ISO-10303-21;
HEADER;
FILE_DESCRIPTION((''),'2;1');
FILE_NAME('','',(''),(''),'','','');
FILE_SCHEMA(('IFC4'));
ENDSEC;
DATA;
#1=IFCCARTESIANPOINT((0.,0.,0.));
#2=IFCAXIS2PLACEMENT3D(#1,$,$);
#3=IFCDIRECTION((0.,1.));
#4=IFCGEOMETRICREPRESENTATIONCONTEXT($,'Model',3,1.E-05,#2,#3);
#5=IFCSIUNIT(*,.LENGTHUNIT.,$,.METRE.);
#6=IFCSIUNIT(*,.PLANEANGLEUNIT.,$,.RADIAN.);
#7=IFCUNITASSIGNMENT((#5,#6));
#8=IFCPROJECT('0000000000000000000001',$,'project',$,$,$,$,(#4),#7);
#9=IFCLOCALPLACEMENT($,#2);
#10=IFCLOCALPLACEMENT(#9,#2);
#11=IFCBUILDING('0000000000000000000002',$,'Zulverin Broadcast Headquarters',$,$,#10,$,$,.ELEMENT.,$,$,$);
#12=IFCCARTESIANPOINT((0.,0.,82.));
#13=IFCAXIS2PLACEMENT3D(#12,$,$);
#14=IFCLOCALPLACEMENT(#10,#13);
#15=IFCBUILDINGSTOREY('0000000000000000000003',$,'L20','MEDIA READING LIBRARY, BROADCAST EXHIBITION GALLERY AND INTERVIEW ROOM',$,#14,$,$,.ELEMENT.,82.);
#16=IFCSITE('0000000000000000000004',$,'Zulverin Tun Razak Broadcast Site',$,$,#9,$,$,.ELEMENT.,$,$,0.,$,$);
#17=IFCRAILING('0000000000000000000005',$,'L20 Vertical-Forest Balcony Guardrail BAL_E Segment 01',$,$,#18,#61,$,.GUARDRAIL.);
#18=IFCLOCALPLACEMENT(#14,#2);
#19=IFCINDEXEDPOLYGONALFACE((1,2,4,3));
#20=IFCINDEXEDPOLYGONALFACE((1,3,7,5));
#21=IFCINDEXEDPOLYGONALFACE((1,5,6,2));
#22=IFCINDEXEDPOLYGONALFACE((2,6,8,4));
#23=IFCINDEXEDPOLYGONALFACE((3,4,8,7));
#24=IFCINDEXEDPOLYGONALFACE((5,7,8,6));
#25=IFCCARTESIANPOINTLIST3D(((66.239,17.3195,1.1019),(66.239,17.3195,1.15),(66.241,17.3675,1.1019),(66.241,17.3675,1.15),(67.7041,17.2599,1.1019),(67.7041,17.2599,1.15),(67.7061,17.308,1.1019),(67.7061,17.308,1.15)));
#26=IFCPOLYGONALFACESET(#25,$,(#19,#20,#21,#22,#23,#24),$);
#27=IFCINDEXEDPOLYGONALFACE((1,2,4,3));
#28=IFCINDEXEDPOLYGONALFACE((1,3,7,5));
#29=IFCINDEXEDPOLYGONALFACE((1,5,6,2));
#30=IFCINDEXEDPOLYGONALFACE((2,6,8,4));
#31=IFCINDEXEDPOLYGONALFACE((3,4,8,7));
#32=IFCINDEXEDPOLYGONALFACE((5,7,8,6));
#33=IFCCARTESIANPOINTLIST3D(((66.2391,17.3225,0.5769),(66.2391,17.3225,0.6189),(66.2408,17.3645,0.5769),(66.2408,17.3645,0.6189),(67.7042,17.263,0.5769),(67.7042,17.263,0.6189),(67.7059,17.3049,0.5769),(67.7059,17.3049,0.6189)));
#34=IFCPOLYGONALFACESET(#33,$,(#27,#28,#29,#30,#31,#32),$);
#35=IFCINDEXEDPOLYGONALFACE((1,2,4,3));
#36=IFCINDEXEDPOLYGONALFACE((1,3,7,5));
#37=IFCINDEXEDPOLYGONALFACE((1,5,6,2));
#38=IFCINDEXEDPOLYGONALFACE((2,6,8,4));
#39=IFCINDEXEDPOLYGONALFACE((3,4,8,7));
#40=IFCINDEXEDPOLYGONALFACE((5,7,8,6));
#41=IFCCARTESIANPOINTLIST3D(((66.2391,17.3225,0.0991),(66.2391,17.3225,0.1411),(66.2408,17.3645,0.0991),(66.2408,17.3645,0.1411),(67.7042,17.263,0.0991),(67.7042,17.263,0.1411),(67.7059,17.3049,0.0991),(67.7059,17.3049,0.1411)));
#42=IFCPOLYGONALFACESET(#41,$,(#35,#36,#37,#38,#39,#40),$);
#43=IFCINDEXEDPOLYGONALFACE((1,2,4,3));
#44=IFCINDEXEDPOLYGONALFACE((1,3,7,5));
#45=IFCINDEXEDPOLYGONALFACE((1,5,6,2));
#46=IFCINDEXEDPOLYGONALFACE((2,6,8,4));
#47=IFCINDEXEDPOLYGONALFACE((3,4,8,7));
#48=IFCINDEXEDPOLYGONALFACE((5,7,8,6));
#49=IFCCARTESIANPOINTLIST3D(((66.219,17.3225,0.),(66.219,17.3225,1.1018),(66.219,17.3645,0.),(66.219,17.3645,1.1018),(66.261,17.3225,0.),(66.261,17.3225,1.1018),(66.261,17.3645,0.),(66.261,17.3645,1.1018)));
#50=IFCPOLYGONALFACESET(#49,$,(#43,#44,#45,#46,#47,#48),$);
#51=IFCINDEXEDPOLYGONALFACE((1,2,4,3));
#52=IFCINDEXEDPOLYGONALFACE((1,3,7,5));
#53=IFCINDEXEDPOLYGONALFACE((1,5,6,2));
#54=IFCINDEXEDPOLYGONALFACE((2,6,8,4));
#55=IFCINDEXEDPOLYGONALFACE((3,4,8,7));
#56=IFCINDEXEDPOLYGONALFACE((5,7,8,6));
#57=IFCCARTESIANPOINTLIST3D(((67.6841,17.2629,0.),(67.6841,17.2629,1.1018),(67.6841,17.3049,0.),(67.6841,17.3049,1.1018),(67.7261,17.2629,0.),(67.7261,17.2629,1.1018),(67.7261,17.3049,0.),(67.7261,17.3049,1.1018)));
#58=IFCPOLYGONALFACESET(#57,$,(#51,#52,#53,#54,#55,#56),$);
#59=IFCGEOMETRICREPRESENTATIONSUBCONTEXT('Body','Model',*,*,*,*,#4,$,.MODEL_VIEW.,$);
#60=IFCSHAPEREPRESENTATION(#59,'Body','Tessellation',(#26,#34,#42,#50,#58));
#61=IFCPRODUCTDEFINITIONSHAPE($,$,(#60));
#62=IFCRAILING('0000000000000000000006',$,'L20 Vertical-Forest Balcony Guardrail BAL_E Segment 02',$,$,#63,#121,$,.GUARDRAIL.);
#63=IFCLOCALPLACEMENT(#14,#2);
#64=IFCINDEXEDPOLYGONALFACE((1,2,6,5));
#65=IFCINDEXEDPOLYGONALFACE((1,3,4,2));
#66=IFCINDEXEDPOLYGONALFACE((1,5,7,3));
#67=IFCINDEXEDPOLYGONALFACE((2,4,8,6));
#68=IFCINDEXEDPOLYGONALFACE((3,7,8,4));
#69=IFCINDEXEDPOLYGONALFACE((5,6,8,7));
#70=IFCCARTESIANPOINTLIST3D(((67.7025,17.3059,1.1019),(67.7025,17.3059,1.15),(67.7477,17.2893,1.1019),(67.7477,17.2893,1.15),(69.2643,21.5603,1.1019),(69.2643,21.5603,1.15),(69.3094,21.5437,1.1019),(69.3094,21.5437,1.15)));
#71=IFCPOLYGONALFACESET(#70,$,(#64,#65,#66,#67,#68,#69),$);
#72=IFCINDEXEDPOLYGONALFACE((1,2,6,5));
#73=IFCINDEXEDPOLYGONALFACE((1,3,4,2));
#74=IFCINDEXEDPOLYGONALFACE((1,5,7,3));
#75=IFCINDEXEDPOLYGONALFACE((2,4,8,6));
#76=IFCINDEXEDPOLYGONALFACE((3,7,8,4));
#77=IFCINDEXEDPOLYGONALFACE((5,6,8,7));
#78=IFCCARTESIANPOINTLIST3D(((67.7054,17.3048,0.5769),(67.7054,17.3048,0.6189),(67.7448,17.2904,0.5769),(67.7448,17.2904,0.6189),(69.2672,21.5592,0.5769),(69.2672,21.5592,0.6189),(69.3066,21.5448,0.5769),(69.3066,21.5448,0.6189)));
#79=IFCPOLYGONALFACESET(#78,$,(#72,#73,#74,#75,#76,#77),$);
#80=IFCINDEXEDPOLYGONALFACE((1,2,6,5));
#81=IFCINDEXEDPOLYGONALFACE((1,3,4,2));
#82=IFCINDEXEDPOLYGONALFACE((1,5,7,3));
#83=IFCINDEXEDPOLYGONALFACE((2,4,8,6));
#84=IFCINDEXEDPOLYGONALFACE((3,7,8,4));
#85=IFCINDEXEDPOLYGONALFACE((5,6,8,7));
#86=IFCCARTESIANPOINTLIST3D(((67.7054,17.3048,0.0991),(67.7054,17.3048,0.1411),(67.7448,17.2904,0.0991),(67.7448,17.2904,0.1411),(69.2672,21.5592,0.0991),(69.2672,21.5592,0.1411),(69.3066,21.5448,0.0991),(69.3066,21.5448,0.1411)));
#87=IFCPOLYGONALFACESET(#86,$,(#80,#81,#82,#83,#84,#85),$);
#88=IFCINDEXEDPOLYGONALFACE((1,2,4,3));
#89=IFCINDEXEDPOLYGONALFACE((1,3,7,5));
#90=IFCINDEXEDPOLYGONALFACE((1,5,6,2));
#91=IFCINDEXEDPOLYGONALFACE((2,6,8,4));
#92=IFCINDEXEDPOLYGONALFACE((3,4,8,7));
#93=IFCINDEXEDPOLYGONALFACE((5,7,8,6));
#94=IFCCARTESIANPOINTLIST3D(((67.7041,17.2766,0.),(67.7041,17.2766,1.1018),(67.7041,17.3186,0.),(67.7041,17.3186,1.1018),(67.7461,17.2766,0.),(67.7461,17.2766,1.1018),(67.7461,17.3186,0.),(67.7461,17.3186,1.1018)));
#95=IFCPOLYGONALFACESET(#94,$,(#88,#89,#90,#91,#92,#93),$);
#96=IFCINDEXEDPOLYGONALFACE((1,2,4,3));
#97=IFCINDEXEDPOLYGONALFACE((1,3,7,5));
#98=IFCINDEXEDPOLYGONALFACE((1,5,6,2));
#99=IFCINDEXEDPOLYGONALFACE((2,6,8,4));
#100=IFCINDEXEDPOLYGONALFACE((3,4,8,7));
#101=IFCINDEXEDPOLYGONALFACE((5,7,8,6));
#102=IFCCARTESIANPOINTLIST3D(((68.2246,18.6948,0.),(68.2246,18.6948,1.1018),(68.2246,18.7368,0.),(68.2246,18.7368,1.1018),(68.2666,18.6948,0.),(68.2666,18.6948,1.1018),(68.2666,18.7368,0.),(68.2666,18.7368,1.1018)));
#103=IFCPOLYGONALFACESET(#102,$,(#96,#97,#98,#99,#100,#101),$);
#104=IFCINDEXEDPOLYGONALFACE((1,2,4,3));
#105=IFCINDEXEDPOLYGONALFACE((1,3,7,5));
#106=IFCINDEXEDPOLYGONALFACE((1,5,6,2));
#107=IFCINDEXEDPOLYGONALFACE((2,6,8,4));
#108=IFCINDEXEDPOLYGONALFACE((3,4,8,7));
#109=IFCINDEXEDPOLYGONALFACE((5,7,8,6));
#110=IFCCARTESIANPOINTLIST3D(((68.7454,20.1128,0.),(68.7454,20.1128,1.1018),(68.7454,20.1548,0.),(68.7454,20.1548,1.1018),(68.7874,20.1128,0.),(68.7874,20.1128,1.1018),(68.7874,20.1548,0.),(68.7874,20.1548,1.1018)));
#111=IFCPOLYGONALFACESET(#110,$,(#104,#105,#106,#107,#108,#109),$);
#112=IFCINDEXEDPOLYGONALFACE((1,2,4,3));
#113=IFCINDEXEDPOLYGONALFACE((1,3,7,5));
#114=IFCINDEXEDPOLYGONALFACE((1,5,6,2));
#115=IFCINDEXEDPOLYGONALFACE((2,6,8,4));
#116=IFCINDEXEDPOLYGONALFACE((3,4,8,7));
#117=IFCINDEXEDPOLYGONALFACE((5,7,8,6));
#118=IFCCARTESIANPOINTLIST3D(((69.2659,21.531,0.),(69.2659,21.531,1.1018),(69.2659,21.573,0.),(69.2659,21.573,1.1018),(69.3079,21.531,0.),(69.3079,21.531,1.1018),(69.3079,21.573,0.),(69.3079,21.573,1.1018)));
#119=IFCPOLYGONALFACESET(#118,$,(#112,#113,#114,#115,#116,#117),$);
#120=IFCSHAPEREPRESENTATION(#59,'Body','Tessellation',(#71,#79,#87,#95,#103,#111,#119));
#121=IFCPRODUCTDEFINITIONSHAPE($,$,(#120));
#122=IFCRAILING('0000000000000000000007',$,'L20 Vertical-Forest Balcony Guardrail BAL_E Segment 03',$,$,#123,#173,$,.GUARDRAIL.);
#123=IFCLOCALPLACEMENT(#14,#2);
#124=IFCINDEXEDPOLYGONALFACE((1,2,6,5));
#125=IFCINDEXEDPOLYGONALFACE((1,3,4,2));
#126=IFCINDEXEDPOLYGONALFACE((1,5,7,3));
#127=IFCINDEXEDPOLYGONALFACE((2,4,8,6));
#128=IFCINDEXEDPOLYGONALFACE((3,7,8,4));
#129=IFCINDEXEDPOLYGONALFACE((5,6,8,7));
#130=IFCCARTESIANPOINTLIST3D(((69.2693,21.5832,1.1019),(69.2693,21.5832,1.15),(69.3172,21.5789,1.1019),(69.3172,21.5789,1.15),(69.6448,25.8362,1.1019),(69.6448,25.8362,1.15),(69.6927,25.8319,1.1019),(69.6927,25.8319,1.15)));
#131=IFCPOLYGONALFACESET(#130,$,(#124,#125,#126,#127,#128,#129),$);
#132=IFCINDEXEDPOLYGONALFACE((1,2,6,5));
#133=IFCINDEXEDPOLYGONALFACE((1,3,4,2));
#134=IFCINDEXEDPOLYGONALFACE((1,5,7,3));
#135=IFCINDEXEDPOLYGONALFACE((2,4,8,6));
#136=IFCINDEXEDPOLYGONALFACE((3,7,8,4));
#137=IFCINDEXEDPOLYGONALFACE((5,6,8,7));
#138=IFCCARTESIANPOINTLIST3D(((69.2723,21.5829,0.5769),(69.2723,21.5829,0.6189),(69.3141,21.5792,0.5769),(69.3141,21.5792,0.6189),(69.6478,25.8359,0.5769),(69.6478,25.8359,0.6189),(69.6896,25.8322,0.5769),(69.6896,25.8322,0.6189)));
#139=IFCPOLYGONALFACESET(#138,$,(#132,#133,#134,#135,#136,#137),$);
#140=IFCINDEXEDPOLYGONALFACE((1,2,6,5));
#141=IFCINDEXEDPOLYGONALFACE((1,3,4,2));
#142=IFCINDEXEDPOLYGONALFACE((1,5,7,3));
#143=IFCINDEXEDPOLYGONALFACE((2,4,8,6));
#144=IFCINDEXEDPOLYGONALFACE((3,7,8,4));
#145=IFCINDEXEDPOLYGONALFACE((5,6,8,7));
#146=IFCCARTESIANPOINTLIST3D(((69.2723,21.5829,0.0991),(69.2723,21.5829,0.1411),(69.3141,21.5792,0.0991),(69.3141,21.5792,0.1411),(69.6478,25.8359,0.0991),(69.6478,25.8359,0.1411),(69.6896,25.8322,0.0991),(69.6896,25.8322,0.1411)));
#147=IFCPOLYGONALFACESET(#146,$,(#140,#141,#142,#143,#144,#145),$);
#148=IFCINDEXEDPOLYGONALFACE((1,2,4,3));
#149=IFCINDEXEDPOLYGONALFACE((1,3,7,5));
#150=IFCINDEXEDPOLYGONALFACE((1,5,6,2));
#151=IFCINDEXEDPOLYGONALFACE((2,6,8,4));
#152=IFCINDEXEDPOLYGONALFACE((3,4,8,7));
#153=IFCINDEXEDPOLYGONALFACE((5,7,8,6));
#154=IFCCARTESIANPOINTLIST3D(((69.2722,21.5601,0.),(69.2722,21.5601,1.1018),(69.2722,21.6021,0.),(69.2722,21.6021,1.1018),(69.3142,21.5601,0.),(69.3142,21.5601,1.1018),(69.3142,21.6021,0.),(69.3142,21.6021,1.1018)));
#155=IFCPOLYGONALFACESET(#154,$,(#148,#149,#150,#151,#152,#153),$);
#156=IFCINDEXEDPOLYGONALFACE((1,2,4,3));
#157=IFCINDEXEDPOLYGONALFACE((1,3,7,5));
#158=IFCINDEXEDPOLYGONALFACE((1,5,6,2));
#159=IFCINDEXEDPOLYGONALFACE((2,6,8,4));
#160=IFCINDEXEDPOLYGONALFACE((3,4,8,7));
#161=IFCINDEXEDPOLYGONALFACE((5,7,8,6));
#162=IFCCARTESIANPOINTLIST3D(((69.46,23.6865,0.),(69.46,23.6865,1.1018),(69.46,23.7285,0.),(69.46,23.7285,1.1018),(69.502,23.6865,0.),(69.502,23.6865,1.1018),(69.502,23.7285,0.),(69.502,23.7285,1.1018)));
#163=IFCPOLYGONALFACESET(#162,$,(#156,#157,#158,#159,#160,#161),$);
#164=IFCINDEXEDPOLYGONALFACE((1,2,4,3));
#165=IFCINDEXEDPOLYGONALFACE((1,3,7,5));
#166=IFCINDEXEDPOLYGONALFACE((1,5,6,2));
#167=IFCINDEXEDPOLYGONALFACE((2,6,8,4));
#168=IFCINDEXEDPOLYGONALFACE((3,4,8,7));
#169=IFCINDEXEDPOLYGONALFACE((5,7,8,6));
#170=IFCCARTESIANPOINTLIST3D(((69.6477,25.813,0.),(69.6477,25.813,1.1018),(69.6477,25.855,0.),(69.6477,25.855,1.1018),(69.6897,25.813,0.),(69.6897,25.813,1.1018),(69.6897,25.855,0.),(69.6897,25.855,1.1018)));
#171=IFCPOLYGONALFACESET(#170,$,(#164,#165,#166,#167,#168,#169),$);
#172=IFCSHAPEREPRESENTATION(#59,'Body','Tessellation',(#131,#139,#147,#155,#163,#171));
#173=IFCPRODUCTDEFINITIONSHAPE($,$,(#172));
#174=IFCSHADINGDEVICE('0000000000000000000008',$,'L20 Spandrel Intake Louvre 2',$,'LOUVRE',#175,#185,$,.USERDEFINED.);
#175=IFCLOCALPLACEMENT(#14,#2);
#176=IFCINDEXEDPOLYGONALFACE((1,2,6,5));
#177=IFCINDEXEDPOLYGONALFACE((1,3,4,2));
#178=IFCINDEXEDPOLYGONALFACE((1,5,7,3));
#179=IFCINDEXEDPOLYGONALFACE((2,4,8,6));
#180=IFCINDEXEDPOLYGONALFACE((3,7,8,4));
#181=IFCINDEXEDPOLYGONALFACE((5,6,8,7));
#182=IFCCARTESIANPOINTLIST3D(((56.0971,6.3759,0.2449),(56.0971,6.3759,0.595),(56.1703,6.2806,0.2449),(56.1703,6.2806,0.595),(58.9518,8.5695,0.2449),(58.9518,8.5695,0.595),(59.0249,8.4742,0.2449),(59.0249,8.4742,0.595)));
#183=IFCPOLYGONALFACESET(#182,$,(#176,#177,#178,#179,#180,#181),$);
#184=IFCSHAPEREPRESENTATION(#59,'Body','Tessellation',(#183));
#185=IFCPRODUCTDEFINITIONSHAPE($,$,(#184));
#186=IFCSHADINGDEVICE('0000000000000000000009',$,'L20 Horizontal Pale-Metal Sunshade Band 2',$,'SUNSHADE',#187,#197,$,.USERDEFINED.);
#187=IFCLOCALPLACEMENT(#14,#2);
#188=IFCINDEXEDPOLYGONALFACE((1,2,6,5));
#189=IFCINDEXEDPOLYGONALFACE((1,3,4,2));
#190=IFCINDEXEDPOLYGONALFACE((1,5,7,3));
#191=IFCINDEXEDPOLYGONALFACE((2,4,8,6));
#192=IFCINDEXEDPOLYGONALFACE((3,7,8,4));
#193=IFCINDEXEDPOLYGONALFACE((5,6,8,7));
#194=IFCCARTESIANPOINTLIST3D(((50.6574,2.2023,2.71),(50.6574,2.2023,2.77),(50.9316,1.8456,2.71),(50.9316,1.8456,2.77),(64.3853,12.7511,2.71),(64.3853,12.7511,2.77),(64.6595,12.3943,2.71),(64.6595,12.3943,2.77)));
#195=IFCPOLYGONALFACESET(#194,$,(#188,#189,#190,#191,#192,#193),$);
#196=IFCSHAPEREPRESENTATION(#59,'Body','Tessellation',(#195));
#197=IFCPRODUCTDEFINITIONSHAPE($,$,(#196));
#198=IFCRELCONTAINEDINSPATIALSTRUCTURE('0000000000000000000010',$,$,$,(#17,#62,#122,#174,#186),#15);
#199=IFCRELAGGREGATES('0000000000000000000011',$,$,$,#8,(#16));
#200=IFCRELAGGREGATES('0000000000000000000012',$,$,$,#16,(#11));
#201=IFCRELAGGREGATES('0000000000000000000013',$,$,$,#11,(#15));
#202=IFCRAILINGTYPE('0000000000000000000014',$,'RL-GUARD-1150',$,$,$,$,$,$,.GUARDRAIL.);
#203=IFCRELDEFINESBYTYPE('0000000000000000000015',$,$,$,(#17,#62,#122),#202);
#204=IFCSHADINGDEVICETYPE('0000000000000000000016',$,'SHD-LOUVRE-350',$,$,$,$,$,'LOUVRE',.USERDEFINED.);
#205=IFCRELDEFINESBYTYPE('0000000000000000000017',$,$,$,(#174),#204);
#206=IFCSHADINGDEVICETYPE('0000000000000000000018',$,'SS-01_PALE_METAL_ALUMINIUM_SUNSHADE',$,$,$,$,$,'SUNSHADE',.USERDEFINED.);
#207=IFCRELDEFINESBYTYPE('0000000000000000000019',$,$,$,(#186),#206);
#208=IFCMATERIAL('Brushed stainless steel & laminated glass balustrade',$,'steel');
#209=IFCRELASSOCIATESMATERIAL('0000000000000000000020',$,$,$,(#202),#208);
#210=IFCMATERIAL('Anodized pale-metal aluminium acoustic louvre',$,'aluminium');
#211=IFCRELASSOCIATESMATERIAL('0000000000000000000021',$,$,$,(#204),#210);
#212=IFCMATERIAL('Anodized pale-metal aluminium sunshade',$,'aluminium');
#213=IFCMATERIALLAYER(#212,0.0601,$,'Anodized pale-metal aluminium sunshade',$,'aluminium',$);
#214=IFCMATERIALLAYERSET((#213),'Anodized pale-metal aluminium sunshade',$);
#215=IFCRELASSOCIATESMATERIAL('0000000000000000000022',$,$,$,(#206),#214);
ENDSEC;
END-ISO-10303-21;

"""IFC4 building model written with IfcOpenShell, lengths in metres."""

from ifc_helpers import new_model, si_unit, direction, frame, origin, origin_2d, place, context, subcontext, project, spatial, rectangle, extrude, material, layer, layer_set, type_object, element, save


model = new_model("IFC4")

# Units and contexts
model_context = context("Model", 3, precision=1e-05, world=origin(), true_north=direction((0.0, 1.0)))
body_context = subcontext(model_context, "Body", "Model", "MODEL_VIEW")
ifc_project = project(units=[si_unit("LENGTHUNIT", "METRE"), si_unit("PLANEANGLEUNIT", "RADIAN")], contexts=[model_context])

# Site, building, storey
site_placement = place(None, origin())
site = spatial("IfcSite", under=ifc_project, at=site_placement, Name="Zulverin Tun Razak Broadcast Site", CompositionType="ELEMENT", RefElevation=0.0)
building_placement = place(site_placement, origin())
building = spatial("IfcBuilding", under=site, at=building_placement, Name="Zulverin Broadcast Headquarters", CompositionType="ELEMENT")
storey_placement = place(building_placement, frame((0.0, 0.0, 82.0)))
storey = spatial("IfcBuildingStorey", under=building, at=storey_placement, Name="L20", Description="MEDIA READING LIBRARY, BROADCAST EXHIBITION GALLERY AND INTERVIEW ROOM", CompositionType="ELEMENT", Elevation=82.0)

# Railings
ifc_material_1 = material(Name="Brushed stainless steel & laminated glass balustrade", Category="steel")
railing_type = type_object("IfcRailingType", Name="RL-GUARD-1150", PredefinedType="GUARDRAIL", material=ifc_material_1)
railing_1_placement = place(storey_placement, frame((66.24, 17.3435, 0.0)))
element("IfcRailing", 1, at=railing_1_placement, inside=storey, type_object=railing_type, Name="L20 Vertical-Forest Balcony Guardrail BAL_E Segment 01", PredefinedType="GUARDRAIL", context=body_context, shape_type="SweptSolid", body=[
    extrude(rectangle(XDim=0.0481, YDim=0.0481, at=origin_2d()), frame((0.0, 0.0, 1.126), z_axis=(0.999174, -0.040626, 0.0), x_axis=(0.040626, 0.999174, 0.0)), (0.0, 0.0, 1.0), 1.4663),
    extrude(rectangle(XDim=0.042, YDim=0.042, at=origin_2d()), frame((0.0, 0.0, 0.5979), z_axis=(0.999174, -0.040626, 0.0), x_axis=(0.040626, 0.999174, 0.0)), (0.0, 0.0, 1.0), 1.4663),
    extrude(rectangle(XDim=0.042, YDim=0.042, at=origin_2d()), frame((0.0, 0.0, 0.1201), z_axis=(0.999174, -0.040626, 0.0), x_axis=(0.040626, 0.999174, 0.0)), (0.0, 0.0, 1.0), 1.4663),
    extrude(rectangle(XDim=0.042, YDim=0.042, at=origin_2d()), origin(), (0.0, 0.0, 1.0), 1.1018),
    extrude(rectangle(XDim=0.042, YDim=0.042, at=origin_2d()), frame((1.4651, -0.0596, 0.0)), (0.0, 0.0, 1.0), 1.1018),
])
railing_2_placement = place(storey_placement, frame((67.7251, 17.2976, 0.0)))
element("IfcRailing", 2, at=railing_2_placement, inside=storey, type_object=railing_type, Name="L20 Vertical-Forest Balcony Guardrail BAL_E Segment 02", PredefinedType="GUARDRAIL", context=body_context, shape_type="SweptSolid", body=[
    extrude(rectangle(XDim=0.0481, YDim=0.0481, at=origin_2d()), frame((0.0, 0.0, 1.126), z_axis=(0.344609, 0.938746, 0.0), x_axis=(-0.938746, 0.344609, 0.0)), (0.0, 0.0, 1.0), 4.532),
    extrude(rectangle(XDim=0.042, YDim=0.042, at=origin_2d()), frame((0.0, 0.0, 0.5979), z_axis=(0.344609, 0.938746, 0.0), x_axis=(-0.938746, 0.344609, 0.0)), (0.0, 0.0, 1.0), 4.532),
    extrude(rectangle(XDim=0.042, YDim=0.042, at=origin_2d()), frame((0.0, 0.0, 0.1201), z_axis=(0.344609, 0.938746, 0.0), x_axis=(-0.938746, 0.344609, 0.0)), (0.0, 0.0, 1.0), 4.532),
    extrude(rectangle(XDim=0.042, YDim=0.042, at=origin_2d()), origin(), (0.0, 0.0, 1.0), 1.1018),
    extrude(rectangle(XDim=0.042, YDim=0.042, at=origin_2d()), frame((0.5205, 1.4182, 0.0)), (0.0, 0.0, 1.0), 1.1018),
    extrude(rectangle(XDim=0.042, YDim=0.042, at=origin_2d()), frame((1.0413, 2.8362, 0.0)), (0.0, 0.0, 1.0), 1.1018),
    extrude(rectangle(XDim=0.042, YDim=0.042, at=origin_2d()), frame((1.5618, 4.2544, 0.0)), (0.0, 0.0, 1.0), 1.1018),
])
railing_3_placement = place(storey_placement, frame((69.2932, 21.5811, 0.0)))
element("IfcRailing", 3, at=railing_3_placement, inside=storey, type_object=railing_type, Name="L20 Vertical-Forest Balcony Guardrail BAL_E Segment 03", PredefinedType="GUARDRAIL", context=body_context, shape_type="SweptSolid", body=[
    extrude(rectangle(XDim=0.0481, YDim=0.0481, at=origin_2d()), frame((0.0, 0.0, 1.126), z_axis=(0.087947, 0.996125, 0.0), x_axis=(-0.996125, 0.087947, 0.0)), (0.0, 0.0, 1.0), 4.2695),
    extrude(rectangle(XDim=0.042, YDim=0.042, at=origin_2d()), frame((0.0, 0.0, 0.5979), z_axis=(0.087947, 0.996125, 0.0), x_axis=(-0.996125, 0.087947, 0.0)), (0.0, 0.0, 1.0), 4.2695),
    extrude(rectangle(XDim=0.042, YDim=0.042, at=origin_2d()), frame((0.0, 0.0, 0.1201), z_axis=(0.087947, 0.996125, 0.0), x_axis=(-0.996125, 0.087947, 0.0)), (0.0, 0.0, 1.0), 4.2695),
    extrude(rectangle(XDim=0.042, YDim=0.042, at=origin_2d()), origin(), (0.0, 0.0, 1.0), 1.1018),
    extrude(rectangle(XDim=0.042, YDim=0.042, at=origin_2d()), frame((0.1877, 2.1265, 0.0)), (0.0, 0.0, 1.0), 1.1018),
    extrude(rectangle(XDim=0.042, YDim=0.042, at=origin_2d()), frame((0.3755, 4.2529, 0.0)), (0.0, 0.0, 1.0), 1.1018),
])

# Shading devices
ifc_material_2 = material(Name="Anodized pale-metal aluminium acoustic louvre", Category="aluminium")
shading_device_type_1 = type_object("IfcShadingDeviceType", Name="SHD-LOUVRE-350", ElementType="LOUVRE", PredefinedType="USERDEFINED", material=ifc_material_2)
shading_device_1_placement = place(storey_placement, frame((57.561, 7.425, 0.2449), z_axis=(0.0, 0.0, 1.0), x_axis=(0.792933, 0.609308, 0.0)))
element("IfcShadingDevice", 4, at=shading_device_1_placement, inside=storey, type_object=shading_device_type_1, Name="L20 Spandrel Intake Louvre 2", ObjectType="LOUVRE", PredefinedType="USERDEFINED", context=body_context, shape_type="SweptSolid", body=[
    extrude(rectangle(XDim=3.6001, YDim=0.1201, at=origin_2d()), origin(), (0.0, 0.0, 1.0), 0.3501),
])
ifc_material_3 = material(Name="Anodized pale-metal aluminium sunshade", Category="aluminium")
ifc_layer_1 = layer(ifc_material_3, 0.0601, Name="Anodized pale-metal aluminium sunshade", Category="aluminium")
ifc_layer_set_1 = layer_set([ifc_layer_1], Name="Anodized pale-metal aluminium sunshade")
shading_device_type_2 = type_object("IfcShadingDeviceType", Name="SS-01_PALE_METAL_ALUMINIUM_SUNSHADE", ElementType="SUNSHADE", PredefinedType="USERDEFINED", material=ifc_layer_set_1)
shading_device_2_placement = place(storey_placement, frame((57.6584, 7.2983, 2.71), z_axis=(0.0, 0.0, 1.0), x_axis=(0.792933, 0.609308, 0.0)))
element("IfcShadingDevice", 5, at=shading_device_2_placement, inside=storey, type_object=shading_device_type_2, Name="L20 Horizontal Pale-Metal Sunshade Band 2", ObjectType="SUNSHADE", PredefinedType="USERDEFINED", context=body_context, shape_type="SweptSolid", body=[
    extrude(rectangle(XDim=17.3127, YDim=0.45, at=origin_2d()), origin(), (0.0, 0.0, 1.0), 0.0601),
])

save(model, "model.ifc")
